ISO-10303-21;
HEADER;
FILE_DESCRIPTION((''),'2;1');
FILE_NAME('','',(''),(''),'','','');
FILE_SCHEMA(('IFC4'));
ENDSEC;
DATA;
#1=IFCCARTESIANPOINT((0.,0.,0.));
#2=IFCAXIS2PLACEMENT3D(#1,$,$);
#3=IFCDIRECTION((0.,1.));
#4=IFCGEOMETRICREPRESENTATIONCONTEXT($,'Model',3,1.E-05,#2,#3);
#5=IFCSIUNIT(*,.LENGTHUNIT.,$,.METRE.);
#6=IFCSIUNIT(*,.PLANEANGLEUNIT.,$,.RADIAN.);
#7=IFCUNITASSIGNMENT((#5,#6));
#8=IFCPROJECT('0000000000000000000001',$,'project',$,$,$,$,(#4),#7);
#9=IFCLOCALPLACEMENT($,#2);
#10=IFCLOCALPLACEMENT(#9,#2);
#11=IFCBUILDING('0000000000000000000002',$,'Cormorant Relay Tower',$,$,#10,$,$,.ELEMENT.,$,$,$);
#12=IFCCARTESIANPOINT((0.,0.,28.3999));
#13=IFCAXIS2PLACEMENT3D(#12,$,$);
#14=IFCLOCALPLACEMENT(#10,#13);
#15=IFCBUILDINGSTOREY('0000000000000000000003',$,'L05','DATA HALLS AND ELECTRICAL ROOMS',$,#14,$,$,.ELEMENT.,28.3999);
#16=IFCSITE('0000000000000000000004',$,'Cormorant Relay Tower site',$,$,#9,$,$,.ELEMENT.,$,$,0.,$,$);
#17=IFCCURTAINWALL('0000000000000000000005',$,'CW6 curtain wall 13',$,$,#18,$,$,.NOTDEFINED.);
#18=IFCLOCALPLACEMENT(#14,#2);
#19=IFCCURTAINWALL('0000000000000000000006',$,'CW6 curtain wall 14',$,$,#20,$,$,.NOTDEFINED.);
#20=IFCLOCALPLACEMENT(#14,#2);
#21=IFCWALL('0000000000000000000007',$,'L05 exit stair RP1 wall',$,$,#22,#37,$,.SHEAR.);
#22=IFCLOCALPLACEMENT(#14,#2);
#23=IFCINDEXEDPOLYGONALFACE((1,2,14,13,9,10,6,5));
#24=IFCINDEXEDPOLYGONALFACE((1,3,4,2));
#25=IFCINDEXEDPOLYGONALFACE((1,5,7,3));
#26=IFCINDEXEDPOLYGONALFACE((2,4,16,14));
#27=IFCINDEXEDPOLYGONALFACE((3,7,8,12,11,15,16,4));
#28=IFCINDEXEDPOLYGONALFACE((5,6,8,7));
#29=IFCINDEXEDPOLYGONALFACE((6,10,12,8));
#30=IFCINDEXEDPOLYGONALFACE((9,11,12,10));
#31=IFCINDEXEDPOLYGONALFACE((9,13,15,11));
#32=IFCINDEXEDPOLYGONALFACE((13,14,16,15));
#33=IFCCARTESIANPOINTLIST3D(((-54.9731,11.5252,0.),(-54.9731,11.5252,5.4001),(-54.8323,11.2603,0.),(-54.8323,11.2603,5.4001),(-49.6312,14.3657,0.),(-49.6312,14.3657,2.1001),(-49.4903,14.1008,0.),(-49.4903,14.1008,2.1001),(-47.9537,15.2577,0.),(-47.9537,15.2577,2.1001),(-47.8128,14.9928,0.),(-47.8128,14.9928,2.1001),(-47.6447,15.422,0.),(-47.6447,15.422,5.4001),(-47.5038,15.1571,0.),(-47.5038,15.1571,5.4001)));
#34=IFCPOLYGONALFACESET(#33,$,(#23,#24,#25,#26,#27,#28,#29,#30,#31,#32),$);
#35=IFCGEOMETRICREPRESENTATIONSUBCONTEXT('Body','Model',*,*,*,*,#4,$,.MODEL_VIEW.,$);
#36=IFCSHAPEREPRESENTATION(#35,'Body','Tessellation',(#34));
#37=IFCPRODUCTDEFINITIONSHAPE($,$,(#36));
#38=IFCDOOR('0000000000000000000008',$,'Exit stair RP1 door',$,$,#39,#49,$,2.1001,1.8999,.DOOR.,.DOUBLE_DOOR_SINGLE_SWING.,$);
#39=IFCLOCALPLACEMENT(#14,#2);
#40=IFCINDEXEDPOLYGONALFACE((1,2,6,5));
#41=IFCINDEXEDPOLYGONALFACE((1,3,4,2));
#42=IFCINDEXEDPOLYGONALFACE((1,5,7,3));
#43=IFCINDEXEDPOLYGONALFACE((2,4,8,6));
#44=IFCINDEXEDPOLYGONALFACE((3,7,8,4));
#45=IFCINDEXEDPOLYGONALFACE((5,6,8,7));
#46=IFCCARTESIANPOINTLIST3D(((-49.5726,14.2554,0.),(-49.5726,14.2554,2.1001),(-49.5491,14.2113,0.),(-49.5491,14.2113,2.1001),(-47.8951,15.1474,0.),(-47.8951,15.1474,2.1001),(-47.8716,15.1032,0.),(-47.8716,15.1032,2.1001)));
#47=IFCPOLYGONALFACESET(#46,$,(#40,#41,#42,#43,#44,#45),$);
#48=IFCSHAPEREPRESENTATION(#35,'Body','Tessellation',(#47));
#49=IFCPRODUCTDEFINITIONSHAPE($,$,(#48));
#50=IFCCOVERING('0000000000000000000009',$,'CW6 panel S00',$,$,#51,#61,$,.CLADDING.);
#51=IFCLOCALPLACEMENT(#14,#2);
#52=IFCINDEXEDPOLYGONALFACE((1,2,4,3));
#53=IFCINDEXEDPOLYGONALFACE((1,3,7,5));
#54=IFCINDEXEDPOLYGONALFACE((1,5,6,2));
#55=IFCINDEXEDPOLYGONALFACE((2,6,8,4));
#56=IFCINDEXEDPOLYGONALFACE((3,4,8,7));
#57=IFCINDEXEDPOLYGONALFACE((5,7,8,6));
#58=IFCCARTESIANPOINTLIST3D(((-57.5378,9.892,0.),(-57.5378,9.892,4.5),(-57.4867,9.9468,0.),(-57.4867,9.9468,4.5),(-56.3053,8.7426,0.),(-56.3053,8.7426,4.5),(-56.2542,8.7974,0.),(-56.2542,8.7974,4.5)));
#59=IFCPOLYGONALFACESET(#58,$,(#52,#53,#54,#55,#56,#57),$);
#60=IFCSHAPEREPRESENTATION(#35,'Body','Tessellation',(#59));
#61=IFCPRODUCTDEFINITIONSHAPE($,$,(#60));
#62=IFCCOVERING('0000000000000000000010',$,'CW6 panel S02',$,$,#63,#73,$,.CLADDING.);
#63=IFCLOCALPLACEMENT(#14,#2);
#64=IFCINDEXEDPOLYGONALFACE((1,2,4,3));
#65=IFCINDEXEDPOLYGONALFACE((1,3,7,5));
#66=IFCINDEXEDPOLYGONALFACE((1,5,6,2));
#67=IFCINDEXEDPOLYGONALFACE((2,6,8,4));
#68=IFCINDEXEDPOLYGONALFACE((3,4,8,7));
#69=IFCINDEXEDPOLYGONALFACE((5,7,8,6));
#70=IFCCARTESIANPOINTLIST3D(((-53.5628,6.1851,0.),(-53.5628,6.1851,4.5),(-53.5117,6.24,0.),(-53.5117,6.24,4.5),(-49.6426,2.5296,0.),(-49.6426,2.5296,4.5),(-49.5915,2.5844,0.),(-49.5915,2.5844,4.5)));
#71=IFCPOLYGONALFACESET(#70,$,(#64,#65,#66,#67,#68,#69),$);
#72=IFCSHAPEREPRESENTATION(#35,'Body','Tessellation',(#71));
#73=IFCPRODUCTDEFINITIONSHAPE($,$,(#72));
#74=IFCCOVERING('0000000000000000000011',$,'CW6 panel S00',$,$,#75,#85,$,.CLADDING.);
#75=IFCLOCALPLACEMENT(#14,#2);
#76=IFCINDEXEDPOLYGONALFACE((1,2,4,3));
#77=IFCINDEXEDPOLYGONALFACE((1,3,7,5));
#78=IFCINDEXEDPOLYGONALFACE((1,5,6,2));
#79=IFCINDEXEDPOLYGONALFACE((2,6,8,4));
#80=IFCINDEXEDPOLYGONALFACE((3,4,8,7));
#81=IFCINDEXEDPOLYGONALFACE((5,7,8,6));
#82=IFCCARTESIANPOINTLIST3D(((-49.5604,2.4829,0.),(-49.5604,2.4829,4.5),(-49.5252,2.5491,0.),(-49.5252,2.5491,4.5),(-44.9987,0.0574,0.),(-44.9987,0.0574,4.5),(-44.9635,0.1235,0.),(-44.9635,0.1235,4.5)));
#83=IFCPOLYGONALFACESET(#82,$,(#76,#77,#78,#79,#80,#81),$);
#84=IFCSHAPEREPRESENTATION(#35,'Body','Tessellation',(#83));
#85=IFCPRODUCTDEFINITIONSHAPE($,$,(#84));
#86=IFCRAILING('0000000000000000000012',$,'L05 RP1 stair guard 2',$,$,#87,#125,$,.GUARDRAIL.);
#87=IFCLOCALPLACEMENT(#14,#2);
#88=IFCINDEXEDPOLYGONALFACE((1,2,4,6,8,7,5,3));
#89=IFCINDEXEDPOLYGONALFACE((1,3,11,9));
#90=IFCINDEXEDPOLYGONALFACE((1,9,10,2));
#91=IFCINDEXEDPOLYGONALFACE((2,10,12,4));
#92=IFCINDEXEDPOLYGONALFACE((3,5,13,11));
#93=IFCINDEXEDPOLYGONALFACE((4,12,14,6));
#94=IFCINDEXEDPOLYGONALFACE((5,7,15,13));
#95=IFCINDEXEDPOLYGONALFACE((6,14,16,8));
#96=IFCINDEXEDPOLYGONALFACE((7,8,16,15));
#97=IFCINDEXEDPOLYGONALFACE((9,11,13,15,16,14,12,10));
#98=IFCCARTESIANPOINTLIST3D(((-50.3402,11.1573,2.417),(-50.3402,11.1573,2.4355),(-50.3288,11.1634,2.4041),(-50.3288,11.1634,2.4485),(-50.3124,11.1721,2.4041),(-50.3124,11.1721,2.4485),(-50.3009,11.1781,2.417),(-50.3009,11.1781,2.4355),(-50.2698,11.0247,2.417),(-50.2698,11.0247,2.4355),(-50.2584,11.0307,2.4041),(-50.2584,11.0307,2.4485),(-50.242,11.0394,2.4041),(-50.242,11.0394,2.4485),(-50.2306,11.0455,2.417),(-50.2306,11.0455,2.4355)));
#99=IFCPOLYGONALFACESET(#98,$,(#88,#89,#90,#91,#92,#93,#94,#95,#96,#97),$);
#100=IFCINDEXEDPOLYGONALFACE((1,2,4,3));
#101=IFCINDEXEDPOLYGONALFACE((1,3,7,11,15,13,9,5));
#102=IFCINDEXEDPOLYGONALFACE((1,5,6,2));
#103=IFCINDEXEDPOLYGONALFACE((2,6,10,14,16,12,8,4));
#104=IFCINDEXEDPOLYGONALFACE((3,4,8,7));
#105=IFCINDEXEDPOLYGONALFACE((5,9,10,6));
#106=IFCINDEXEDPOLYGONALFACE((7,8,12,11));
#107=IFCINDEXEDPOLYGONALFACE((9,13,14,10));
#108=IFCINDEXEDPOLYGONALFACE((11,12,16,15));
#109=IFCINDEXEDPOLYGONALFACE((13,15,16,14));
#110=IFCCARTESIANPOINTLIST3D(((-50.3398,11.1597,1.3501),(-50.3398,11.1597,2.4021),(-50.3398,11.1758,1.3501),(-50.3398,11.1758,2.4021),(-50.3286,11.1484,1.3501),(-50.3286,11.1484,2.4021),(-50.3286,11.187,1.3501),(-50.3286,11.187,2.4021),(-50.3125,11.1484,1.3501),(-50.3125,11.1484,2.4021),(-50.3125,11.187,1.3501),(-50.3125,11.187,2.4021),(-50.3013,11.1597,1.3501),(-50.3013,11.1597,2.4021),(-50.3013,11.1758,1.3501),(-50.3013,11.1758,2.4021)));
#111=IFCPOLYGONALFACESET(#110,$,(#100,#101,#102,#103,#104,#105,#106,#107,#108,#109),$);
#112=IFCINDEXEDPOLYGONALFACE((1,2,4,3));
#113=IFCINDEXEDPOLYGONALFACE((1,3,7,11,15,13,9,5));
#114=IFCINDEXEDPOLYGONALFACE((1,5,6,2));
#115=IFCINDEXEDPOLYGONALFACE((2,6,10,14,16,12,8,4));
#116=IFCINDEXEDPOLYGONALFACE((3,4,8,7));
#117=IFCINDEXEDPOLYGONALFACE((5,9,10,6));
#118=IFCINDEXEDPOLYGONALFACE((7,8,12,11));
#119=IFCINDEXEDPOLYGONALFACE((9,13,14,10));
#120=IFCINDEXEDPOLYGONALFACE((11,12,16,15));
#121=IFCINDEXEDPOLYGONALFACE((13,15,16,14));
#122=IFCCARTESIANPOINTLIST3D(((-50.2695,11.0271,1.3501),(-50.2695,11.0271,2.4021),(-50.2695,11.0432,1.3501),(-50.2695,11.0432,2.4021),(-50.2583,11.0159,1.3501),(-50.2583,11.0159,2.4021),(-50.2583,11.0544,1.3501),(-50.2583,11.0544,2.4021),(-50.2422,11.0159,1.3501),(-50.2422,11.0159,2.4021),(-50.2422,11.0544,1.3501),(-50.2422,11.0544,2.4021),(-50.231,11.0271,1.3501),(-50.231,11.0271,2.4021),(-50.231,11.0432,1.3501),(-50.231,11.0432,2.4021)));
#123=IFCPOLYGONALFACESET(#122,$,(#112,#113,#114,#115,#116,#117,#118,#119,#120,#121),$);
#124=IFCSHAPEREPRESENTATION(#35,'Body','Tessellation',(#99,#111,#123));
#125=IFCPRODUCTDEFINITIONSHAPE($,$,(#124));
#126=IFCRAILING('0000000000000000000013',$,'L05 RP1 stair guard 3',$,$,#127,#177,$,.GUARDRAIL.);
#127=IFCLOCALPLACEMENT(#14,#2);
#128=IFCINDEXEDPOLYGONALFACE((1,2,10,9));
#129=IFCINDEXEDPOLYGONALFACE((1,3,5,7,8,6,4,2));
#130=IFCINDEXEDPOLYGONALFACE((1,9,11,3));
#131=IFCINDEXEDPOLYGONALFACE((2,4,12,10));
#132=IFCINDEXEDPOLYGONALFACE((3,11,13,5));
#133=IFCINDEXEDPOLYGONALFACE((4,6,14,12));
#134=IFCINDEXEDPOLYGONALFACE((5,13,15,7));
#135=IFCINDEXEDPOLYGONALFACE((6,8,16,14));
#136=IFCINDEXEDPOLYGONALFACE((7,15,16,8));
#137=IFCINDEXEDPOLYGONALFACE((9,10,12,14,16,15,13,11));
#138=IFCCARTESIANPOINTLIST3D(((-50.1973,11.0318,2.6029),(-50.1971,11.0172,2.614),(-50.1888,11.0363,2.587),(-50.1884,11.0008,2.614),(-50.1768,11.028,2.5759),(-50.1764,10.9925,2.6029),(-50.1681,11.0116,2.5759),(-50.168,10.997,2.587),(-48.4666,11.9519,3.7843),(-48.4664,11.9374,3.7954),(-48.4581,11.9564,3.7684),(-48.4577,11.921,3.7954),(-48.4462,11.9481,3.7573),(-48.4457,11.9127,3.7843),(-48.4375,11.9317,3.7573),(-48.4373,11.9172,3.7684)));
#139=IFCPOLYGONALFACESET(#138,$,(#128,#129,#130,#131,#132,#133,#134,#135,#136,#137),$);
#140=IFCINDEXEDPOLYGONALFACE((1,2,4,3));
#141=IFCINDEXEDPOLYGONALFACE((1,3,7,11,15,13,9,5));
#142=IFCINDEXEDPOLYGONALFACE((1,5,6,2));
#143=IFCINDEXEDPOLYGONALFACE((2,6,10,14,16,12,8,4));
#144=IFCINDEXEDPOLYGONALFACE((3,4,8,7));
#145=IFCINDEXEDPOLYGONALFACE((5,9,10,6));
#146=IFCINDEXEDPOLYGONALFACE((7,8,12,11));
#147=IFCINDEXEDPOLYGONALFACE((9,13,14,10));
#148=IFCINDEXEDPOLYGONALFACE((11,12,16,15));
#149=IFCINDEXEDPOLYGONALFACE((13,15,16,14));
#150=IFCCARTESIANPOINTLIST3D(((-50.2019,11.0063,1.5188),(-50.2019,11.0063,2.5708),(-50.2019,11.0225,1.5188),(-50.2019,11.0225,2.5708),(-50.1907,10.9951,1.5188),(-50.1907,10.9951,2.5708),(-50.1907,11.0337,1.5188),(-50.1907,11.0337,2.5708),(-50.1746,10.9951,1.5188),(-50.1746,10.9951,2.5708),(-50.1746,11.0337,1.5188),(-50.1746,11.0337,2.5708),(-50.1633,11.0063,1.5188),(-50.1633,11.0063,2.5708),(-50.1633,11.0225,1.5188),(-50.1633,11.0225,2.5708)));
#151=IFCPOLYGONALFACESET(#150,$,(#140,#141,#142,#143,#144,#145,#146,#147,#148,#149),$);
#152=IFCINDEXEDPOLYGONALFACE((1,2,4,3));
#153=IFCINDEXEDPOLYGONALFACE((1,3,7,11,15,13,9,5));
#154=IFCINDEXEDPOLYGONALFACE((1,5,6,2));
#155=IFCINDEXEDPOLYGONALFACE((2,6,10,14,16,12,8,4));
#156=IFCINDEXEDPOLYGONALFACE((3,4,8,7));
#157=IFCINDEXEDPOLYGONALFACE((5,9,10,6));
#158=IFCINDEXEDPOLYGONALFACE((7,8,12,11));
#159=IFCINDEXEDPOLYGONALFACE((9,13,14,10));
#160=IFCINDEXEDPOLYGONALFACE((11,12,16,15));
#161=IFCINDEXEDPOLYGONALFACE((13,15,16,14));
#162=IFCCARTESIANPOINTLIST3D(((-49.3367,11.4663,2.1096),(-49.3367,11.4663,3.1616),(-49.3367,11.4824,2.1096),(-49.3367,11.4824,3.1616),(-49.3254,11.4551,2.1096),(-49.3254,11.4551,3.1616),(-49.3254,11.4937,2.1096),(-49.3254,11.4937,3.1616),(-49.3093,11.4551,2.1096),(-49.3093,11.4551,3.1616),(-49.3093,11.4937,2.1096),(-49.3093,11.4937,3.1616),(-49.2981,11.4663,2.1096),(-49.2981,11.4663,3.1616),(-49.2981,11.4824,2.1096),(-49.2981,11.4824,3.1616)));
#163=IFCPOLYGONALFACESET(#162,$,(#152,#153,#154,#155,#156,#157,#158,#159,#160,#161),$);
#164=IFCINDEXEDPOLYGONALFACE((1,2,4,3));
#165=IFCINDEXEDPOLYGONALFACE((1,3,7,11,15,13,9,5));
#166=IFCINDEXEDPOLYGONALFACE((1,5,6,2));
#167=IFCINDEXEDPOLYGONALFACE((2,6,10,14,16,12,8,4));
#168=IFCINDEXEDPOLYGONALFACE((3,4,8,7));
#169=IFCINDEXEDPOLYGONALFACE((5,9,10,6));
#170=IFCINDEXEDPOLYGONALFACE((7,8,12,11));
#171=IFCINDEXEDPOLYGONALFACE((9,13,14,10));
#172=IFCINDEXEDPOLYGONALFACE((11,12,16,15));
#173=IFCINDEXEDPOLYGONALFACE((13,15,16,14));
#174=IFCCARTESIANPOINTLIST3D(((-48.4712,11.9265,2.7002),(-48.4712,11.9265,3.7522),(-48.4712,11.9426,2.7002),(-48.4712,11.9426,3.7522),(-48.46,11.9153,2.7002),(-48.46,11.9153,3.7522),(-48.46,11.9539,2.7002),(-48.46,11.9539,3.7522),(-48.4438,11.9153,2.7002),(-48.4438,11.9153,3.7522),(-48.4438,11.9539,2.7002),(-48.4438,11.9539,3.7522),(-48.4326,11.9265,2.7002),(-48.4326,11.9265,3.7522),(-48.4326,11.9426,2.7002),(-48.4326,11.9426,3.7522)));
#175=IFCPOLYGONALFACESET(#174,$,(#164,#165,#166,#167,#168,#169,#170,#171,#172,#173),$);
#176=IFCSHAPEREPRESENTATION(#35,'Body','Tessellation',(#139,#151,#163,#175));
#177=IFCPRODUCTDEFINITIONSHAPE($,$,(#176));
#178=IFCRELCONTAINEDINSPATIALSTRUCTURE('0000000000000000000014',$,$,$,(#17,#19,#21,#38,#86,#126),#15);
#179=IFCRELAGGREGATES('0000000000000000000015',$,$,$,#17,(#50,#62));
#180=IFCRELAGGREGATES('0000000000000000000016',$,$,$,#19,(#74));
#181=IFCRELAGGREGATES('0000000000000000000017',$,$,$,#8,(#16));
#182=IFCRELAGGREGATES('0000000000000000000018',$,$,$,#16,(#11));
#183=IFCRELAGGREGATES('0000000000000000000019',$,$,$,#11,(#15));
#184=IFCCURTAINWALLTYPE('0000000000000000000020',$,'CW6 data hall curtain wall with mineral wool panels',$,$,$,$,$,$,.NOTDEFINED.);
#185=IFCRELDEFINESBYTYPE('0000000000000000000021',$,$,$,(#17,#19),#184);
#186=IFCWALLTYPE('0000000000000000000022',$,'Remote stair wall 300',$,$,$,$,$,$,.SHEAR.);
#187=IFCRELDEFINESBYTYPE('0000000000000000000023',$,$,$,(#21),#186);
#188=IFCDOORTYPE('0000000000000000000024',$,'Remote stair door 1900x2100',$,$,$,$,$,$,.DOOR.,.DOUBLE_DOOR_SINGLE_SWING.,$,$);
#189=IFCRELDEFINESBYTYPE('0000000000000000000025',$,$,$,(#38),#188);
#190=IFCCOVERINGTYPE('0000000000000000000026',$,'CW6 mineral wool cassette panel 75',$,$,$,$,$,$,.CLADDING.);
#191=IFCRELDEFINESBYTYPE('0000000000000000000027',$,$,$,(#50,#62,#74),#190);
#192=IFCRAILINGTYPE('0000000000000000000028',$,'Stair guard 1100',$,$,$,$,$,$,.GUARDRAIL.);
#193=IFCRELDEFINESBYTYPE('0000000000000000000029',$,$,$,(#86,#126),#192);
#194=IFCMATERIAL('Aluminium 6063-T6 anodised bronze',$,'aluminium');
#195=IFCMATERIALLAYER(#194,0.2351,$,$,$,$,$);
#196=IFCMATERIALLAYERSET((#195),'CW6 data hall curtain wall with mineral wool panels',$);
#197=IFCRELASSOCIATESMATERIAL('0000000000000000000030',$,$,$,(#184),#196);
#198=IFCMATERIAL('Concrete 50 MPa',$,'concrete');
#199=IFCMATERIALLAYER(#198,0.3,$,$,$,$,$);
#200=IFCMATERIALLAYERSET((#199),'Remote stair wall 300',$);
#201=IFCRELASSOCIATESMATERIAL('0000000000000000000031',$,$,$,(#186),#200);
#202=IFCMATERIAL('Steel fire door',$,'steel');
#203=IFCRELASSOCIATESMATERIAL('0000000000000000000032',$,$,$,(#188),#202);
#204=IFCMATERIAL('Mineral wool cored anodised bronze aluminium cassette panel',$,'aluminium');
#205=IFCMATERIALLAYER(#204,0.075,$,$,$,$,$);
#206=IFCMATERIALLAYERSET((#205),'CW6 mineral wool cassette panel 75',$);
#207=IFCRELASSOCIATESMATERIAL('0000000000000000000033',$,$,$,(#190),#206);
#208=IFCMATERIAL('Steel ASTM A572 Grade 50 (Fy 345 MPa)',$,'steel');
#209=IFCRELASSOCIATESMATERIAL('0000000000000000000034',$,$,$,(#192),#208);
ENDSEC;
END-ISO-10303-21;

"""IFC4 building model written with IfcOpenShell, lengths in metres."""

from ifc_helpers import new_model, si_unit, direction, frame, frame_2d, origin, origin_2d, place, context, subcontext, project, spatial, polyline, rectangle, outline, extrude, material, layer, layer_set, type_object, element, fill, aggregate, save


model = new_model("IFC4")

# Units and contexts
model_context = context("Model", 3, precision=1e-05, world=origin(), true_north=direction((0.0, 1.0)))
body_context = subcontext(model_context, "Body", "Model", "MODEL_VIEW")
ifc_project = project(units=[si_unit("LENGTHUNIT", "METRE"), si_unit("PLANEANGLEUNIT", "RADIAN")], contexts=[model_context])

# Site, building, storey
site_placement = place(None, origin())
site = spatial("IfcSite", under=ifc_project, at=site_placement, Name="Cormorant Relay Tower site", CompositionType="ELEMENT", RefElevation=0.0)
building_placement = place(site_placement, origin())
building = spatial("IfcBuilding", under=site, at=building_placement, Name="Cormorant Relay Tower", CompositionType="ELEMENT")
storey_placement = place(building_placement, frame((0.0, 0.0, 28.3999)))
storey = spatial("IfcBuildingStorey", under=building, at=storey_placement, Name="L05", Description="DATA HALLS AND ELECTRICAL ROOMS", CompositionType="ELEMENT", Elevation=28.3999)

# Curtain walls
ifc_material_1 = material(Name="Aluminium 6063-T6 anodised bronze", Category="aluminium")
ifc_layer_1 = layer(ifc_material_1, 0.2351)
ifc_layer_set_1 = layer_set([ifc_layer_1], Name="CW6 data hall curtain wall with mineral wool panels")
curtain_wall_type = type_object("IfcCurtainWallType", Name="CW6 data hall curtain wall with mineral wool panels", PredefinedType="NOTDEFINED", material=ifc_layer_set_1)
curtain_wall_1_placement = place(storey_placement, origin())
curtain_wall_1 = element("IfcCurtainWall", 1, at=curtain_wall_1_placement, inside=storey, type_object=curtain_wall_type, Name="CW6 curtain wall 13", PredefinedType="NOTDEFINED")
curtain_wall_2_placement = place(storey_placement, origin())
curtain_wall_2 = element("IfcCurtainWall", 2, at=curtain_wall_2_placement, inside=storey, type_object=curtain_wall_type, Name="CW6 curtain wall 14", PredefinedType="NOTDEFINED")

# Shared definitions
ifc_material_2 = material(Name="Concrete 50 MPa", Category="concrete")
ifc_layer_2 = layer(ifc_material_2, 0.3)
ifc_layer_set_2 = layer_set([ifc_layer_2], Name="Remote stair wall 300")
wall_type_1 = type_object("IfcWallType", Name="Remote stair wall 300", PredefinedType="SHEAR", material=ifc_layer_set_2)

# Wall, opening, door
wall_1_placement = place(storey_placement, frame((-54.9026, 11.3928, 0.0), z_axis=(0.0, 0.0, 1.0), x_axis=(0.882939, 0.469487, 0.0)))
wall_1 = element("IfcWall", 3, at=wall_1_placement, inside=storey, type_object=wall_type_1, Name="L05 exit stair RP1 wall", PredefinedType="SHEAR", context=body_context, shape_type="SweptSolid", body=[
    extrude(rectangle(XDim=8.3, YDim=0.3, at=frame_2d((4.1499, 0.0))), origin(), (0.0, 0.0, 1.0), 5.4001),
])
opening_1_placement = place(wall_1_placement, frame((6.05, 0.0, 0.0)))
opening_1 = element("IfcOpeningElement", 4, at=opening_1_placement, cuts=wall_1, PredefinedType="OPENING", context=body_context, shape_type="SweptSolid", body=[
    extrude(rectangle(XDim=1.8999, YDim=2.1001, at=frame_2d((0.95, 1.05))), frame((0.0, 0.1599, 0.0), z_axis=(0.0, -1.0, 0.0), x_axis=(1.0, 0.0, 0.0)), (0.0, 0.0, 1.0), 0.3201),
])
ifc_material_3 = material(Name="Steel fire door", Category="steel")
door_type_1 = type_object("IfcDoorType", Name="Remote stair door 1900x2100", OperationType="DOUBLE_DOOR_SINGLE_SWING", PredefinedType="DOOR", material=ifc_material_3)
door_1_placement = place(opening_1_placement, frame((1.8999, 0.0, 0.0), z_axis=(0.0, 0.0, 1.0), x_axis=(-1.0, 0.0, 0.0)))
door_1 = element("IfcDoor", 5, at=door_1_placement, inside=storey, type_object=door_type_1, Name="Exit stair RP1 door", OperationType="DOUBLE_DOOR_SINGLE_SWING", OverallHeight=2.1001, OverallWidth=1.8999, PredefinedType="DOOR", context=body_context, shape_type="SweptSolid", body=[
    extrude(rectangle(XDim=1.8999, YDim=2.1001, at=frame_2d((0.95, 1.05))), frame((0.0, 0.0249, 0.0), z_axis=(0.0, -1.0, 0.0), x_axis=(1.0, 0.0, 0.0)), (0.0, 0.0, 1.0), 0.05),
])
fill(opening_1, door_1)

# Coverings
ifc_material_4 = material(Name="Mineral wool cored anodised bronze aluminium cassette panel", Category="aluminium")
ifc_layer_3 = layer(ifc_material_4, 0.075)
ifc_layer_set_3 = layer_set([ifc_layer_3], Name="CW6 mineral wool cassette panel 75")
covering_type = type_object("IfcCoveringType", Name="CW6 mineral wool cassette panel 75", PredefinedType="CLADDING", material=ifc_layer_set_3)
covering_1_placement = place(storey_placement, frame((-56.896, 9.3447, 0.0), z_axis=(0.0, 0.0, 1.0), x_axis=(0.731354, -0.681998, 0.0)))
covering_1 = element("IfcCovering", 6, at=covering_1_placement, type_object=covering_type, Name="CW6 panel S00", PredefinedType="CLADDING", context=body_context, shape_type="SweptSolid", body=[
    extrude(rectangle(XDim=1.6853, YDim=0.075, at=origin_2d()), origin(), (0.0, 0.0, 1.0), 4.5),
])
covering_2_placement = place(storey_placement, frame((-51.5771, 4.3848, 0.0), z_axis=(0.0, 0.0, 1.0), x_axis=(0.731354, -0.681998, 0.0)))
covering_2 = element("IfcCovering", 7, at=covering_2_placement, type_object=covering_type, Name="CW6 panel S02", PredefinedType="CLADDING", context=body_context, shape_type="SweptSolid", body=[
    extrude(rectangle(XDim=5.3601, YDim=0.075, at=origin_2d()), origin(), (0.0, 0.0, 1.0), 4.5),
])
aggregate(curtain_wall_1, [covering_1, covering_2])
covering_3_placement = place(storey_placement, frame((-47.262, 1.3032, 0.0), z_axis=(0.0, 0.0, 1.0), x_axis=(0.882948, -0.469472, 0.0)))
covering_3 = element("IfcCovering", 8, at=covering_3_placement, type_object=covering_type, Name="CW6 panel S00", PredefinedType="CLADDING", context=body_context, shape_type="SweptSolid", body=[
    extrude(rectangle(XDim=5.1665, YDim=0.075, at=origin_2d()), origin(), (0.0, 0.0, 1.0), 4.5),
])
aggregate(curtain_wall_2, [covering_3])

# Railings
ifc_material_5 = material(Name="Steel ASTM A572 Grade 50 (Fy 345 MPa)", Category="steel")
railing_type_1 = type_object("IfcRailingType", Name="Stair guard 1100", PredefinedType="GUARDRAIL", material=ifc_material_5)
railing_1_placement = place(storey_placement, frame((-50.3206, 11.1677, 1.3501)))
element("IfcRailing", 9, at=railing_1_placement, inside=storey, type_object=railing_type_1, Name="L05 RP1 stair guard 2", PredefinedType="GUARDRAIL", context=body_context, shape_type="SweptSolid", body=[
    extrude(outline(polyline([(0.0222, 0.0093), (0.0093, 0.0222), (-0.0093, 0.0222), (-0.0222, 0.0093), (-0.0222, -0.0093), (-0.0093, -0.0222), (0.0093, -0.0222), (0.0222, -0.0093), (0.0222, 0.0093)])), frame((0.0, 0.0, 1.0762), z_axis=(0.46856, -0.883431, 0.0), x_axis=(0.883431, 0.46856, 0.0)), (0.0, 0.0, 1.0), 0.1501),
    extrude(outline(polyline([(0.0193, 0.0081), (0.0081, 0.0193), (-0.0081, 0.0193), (-0.0193, 0.0081), (-0.0193, -0.0081), (-0.0081, -0.0193), (0.0081, -0.0193), (0.0193, -0.0081), (0.0193, 0.0081)])), origin(), (0.0, 0.0, 1.0), 1.052),
    extrude(outline(polyline([(0.0193, 0.0081), (0.0081, 0.0193), (-0.0081, 0.0193), (-0.0193, 0.0081), (-0.0193, -0.0081), (-0.0081, -0.0193), (0.0081, -0.0193), (0.0193, -0.0081), (0.0193, 0.0081)])), frame((0.0703, -0.1326, 0.0)), (0.0, 0.0, 1.0), 1.052),
])
railing_2_placement = place(storey_placement, frame((-50.1826, 11.0144, 1.5188)))
element("IfcRailing", 10, at=railing_2_placement, inside=storey, type_object=railing_type_1, Name="L05 RP1 stair guard 3", PredefinedType="GUARDRAIL", context=body_context, shape_type="SweptSolid", body=[
    extrude(outline(polyline([(0.0222, 0.0093), (0.0093, 0.0222), (-0.0093, 0.0222), (-0.0222, 0.0093), (-0.0222, -0.0093), (-0.0093, -0.0222), (0.0093, -0.0222), (0.0222, -0.0093), (0.0222, 0.0093)])), frame((0.0, 0.0, 1.0762), z_axis=(0.756226, 0.402062, 0.516205), x_axis=(-0.469444, 0.882962, 0.0)), (0.0, 0.0, 1.0), 2.2886),
    extrude(outline(polyline([(0.0193, 0.0081), (0.0081, 0.0193), (-0.0081, 0.0193), (-0.0193, 0.0081), (-0.0193, -0.0081), (-0.0081, -0.0193), (0.0081, -0.0193), (0.0193, -0.0081), (0.0193, 0.0081)])), origin(), (0.0, 0.0, 1.0), 1.052),
    extrude(outline(polyline([(0.0193, 0.0081), (0.0081, 0.0193), (-0.0081, 0.0193), (-0.0193, 0.0081), (-0.0193, -0.0081), (-0.0081, -0.0193), (0.0081, -0.0193), (0.0193, -0.0081), (0.0193, 0.0081)])), frame((0.8652, 0.46, 0.5908)), (0.0, 0.0, 1.0), 1.052),
    extrude(outline(polyline([(0.0193, 0.0081), (0.0081, 0.0193), (-0.0081, 0.0193), (-0.0193, 0.0081), (-0.0193, -0.0081), (-0.0081, -0.0193), (0.0081, -0.0193), (0.0193, -0.0081), (0.0193, 0.0081)])), frame((1.7307, 0.9202, 1.1814)), (0.0, 0.0, 1.0), 1.052),
])

save(model, "model.ifc")
